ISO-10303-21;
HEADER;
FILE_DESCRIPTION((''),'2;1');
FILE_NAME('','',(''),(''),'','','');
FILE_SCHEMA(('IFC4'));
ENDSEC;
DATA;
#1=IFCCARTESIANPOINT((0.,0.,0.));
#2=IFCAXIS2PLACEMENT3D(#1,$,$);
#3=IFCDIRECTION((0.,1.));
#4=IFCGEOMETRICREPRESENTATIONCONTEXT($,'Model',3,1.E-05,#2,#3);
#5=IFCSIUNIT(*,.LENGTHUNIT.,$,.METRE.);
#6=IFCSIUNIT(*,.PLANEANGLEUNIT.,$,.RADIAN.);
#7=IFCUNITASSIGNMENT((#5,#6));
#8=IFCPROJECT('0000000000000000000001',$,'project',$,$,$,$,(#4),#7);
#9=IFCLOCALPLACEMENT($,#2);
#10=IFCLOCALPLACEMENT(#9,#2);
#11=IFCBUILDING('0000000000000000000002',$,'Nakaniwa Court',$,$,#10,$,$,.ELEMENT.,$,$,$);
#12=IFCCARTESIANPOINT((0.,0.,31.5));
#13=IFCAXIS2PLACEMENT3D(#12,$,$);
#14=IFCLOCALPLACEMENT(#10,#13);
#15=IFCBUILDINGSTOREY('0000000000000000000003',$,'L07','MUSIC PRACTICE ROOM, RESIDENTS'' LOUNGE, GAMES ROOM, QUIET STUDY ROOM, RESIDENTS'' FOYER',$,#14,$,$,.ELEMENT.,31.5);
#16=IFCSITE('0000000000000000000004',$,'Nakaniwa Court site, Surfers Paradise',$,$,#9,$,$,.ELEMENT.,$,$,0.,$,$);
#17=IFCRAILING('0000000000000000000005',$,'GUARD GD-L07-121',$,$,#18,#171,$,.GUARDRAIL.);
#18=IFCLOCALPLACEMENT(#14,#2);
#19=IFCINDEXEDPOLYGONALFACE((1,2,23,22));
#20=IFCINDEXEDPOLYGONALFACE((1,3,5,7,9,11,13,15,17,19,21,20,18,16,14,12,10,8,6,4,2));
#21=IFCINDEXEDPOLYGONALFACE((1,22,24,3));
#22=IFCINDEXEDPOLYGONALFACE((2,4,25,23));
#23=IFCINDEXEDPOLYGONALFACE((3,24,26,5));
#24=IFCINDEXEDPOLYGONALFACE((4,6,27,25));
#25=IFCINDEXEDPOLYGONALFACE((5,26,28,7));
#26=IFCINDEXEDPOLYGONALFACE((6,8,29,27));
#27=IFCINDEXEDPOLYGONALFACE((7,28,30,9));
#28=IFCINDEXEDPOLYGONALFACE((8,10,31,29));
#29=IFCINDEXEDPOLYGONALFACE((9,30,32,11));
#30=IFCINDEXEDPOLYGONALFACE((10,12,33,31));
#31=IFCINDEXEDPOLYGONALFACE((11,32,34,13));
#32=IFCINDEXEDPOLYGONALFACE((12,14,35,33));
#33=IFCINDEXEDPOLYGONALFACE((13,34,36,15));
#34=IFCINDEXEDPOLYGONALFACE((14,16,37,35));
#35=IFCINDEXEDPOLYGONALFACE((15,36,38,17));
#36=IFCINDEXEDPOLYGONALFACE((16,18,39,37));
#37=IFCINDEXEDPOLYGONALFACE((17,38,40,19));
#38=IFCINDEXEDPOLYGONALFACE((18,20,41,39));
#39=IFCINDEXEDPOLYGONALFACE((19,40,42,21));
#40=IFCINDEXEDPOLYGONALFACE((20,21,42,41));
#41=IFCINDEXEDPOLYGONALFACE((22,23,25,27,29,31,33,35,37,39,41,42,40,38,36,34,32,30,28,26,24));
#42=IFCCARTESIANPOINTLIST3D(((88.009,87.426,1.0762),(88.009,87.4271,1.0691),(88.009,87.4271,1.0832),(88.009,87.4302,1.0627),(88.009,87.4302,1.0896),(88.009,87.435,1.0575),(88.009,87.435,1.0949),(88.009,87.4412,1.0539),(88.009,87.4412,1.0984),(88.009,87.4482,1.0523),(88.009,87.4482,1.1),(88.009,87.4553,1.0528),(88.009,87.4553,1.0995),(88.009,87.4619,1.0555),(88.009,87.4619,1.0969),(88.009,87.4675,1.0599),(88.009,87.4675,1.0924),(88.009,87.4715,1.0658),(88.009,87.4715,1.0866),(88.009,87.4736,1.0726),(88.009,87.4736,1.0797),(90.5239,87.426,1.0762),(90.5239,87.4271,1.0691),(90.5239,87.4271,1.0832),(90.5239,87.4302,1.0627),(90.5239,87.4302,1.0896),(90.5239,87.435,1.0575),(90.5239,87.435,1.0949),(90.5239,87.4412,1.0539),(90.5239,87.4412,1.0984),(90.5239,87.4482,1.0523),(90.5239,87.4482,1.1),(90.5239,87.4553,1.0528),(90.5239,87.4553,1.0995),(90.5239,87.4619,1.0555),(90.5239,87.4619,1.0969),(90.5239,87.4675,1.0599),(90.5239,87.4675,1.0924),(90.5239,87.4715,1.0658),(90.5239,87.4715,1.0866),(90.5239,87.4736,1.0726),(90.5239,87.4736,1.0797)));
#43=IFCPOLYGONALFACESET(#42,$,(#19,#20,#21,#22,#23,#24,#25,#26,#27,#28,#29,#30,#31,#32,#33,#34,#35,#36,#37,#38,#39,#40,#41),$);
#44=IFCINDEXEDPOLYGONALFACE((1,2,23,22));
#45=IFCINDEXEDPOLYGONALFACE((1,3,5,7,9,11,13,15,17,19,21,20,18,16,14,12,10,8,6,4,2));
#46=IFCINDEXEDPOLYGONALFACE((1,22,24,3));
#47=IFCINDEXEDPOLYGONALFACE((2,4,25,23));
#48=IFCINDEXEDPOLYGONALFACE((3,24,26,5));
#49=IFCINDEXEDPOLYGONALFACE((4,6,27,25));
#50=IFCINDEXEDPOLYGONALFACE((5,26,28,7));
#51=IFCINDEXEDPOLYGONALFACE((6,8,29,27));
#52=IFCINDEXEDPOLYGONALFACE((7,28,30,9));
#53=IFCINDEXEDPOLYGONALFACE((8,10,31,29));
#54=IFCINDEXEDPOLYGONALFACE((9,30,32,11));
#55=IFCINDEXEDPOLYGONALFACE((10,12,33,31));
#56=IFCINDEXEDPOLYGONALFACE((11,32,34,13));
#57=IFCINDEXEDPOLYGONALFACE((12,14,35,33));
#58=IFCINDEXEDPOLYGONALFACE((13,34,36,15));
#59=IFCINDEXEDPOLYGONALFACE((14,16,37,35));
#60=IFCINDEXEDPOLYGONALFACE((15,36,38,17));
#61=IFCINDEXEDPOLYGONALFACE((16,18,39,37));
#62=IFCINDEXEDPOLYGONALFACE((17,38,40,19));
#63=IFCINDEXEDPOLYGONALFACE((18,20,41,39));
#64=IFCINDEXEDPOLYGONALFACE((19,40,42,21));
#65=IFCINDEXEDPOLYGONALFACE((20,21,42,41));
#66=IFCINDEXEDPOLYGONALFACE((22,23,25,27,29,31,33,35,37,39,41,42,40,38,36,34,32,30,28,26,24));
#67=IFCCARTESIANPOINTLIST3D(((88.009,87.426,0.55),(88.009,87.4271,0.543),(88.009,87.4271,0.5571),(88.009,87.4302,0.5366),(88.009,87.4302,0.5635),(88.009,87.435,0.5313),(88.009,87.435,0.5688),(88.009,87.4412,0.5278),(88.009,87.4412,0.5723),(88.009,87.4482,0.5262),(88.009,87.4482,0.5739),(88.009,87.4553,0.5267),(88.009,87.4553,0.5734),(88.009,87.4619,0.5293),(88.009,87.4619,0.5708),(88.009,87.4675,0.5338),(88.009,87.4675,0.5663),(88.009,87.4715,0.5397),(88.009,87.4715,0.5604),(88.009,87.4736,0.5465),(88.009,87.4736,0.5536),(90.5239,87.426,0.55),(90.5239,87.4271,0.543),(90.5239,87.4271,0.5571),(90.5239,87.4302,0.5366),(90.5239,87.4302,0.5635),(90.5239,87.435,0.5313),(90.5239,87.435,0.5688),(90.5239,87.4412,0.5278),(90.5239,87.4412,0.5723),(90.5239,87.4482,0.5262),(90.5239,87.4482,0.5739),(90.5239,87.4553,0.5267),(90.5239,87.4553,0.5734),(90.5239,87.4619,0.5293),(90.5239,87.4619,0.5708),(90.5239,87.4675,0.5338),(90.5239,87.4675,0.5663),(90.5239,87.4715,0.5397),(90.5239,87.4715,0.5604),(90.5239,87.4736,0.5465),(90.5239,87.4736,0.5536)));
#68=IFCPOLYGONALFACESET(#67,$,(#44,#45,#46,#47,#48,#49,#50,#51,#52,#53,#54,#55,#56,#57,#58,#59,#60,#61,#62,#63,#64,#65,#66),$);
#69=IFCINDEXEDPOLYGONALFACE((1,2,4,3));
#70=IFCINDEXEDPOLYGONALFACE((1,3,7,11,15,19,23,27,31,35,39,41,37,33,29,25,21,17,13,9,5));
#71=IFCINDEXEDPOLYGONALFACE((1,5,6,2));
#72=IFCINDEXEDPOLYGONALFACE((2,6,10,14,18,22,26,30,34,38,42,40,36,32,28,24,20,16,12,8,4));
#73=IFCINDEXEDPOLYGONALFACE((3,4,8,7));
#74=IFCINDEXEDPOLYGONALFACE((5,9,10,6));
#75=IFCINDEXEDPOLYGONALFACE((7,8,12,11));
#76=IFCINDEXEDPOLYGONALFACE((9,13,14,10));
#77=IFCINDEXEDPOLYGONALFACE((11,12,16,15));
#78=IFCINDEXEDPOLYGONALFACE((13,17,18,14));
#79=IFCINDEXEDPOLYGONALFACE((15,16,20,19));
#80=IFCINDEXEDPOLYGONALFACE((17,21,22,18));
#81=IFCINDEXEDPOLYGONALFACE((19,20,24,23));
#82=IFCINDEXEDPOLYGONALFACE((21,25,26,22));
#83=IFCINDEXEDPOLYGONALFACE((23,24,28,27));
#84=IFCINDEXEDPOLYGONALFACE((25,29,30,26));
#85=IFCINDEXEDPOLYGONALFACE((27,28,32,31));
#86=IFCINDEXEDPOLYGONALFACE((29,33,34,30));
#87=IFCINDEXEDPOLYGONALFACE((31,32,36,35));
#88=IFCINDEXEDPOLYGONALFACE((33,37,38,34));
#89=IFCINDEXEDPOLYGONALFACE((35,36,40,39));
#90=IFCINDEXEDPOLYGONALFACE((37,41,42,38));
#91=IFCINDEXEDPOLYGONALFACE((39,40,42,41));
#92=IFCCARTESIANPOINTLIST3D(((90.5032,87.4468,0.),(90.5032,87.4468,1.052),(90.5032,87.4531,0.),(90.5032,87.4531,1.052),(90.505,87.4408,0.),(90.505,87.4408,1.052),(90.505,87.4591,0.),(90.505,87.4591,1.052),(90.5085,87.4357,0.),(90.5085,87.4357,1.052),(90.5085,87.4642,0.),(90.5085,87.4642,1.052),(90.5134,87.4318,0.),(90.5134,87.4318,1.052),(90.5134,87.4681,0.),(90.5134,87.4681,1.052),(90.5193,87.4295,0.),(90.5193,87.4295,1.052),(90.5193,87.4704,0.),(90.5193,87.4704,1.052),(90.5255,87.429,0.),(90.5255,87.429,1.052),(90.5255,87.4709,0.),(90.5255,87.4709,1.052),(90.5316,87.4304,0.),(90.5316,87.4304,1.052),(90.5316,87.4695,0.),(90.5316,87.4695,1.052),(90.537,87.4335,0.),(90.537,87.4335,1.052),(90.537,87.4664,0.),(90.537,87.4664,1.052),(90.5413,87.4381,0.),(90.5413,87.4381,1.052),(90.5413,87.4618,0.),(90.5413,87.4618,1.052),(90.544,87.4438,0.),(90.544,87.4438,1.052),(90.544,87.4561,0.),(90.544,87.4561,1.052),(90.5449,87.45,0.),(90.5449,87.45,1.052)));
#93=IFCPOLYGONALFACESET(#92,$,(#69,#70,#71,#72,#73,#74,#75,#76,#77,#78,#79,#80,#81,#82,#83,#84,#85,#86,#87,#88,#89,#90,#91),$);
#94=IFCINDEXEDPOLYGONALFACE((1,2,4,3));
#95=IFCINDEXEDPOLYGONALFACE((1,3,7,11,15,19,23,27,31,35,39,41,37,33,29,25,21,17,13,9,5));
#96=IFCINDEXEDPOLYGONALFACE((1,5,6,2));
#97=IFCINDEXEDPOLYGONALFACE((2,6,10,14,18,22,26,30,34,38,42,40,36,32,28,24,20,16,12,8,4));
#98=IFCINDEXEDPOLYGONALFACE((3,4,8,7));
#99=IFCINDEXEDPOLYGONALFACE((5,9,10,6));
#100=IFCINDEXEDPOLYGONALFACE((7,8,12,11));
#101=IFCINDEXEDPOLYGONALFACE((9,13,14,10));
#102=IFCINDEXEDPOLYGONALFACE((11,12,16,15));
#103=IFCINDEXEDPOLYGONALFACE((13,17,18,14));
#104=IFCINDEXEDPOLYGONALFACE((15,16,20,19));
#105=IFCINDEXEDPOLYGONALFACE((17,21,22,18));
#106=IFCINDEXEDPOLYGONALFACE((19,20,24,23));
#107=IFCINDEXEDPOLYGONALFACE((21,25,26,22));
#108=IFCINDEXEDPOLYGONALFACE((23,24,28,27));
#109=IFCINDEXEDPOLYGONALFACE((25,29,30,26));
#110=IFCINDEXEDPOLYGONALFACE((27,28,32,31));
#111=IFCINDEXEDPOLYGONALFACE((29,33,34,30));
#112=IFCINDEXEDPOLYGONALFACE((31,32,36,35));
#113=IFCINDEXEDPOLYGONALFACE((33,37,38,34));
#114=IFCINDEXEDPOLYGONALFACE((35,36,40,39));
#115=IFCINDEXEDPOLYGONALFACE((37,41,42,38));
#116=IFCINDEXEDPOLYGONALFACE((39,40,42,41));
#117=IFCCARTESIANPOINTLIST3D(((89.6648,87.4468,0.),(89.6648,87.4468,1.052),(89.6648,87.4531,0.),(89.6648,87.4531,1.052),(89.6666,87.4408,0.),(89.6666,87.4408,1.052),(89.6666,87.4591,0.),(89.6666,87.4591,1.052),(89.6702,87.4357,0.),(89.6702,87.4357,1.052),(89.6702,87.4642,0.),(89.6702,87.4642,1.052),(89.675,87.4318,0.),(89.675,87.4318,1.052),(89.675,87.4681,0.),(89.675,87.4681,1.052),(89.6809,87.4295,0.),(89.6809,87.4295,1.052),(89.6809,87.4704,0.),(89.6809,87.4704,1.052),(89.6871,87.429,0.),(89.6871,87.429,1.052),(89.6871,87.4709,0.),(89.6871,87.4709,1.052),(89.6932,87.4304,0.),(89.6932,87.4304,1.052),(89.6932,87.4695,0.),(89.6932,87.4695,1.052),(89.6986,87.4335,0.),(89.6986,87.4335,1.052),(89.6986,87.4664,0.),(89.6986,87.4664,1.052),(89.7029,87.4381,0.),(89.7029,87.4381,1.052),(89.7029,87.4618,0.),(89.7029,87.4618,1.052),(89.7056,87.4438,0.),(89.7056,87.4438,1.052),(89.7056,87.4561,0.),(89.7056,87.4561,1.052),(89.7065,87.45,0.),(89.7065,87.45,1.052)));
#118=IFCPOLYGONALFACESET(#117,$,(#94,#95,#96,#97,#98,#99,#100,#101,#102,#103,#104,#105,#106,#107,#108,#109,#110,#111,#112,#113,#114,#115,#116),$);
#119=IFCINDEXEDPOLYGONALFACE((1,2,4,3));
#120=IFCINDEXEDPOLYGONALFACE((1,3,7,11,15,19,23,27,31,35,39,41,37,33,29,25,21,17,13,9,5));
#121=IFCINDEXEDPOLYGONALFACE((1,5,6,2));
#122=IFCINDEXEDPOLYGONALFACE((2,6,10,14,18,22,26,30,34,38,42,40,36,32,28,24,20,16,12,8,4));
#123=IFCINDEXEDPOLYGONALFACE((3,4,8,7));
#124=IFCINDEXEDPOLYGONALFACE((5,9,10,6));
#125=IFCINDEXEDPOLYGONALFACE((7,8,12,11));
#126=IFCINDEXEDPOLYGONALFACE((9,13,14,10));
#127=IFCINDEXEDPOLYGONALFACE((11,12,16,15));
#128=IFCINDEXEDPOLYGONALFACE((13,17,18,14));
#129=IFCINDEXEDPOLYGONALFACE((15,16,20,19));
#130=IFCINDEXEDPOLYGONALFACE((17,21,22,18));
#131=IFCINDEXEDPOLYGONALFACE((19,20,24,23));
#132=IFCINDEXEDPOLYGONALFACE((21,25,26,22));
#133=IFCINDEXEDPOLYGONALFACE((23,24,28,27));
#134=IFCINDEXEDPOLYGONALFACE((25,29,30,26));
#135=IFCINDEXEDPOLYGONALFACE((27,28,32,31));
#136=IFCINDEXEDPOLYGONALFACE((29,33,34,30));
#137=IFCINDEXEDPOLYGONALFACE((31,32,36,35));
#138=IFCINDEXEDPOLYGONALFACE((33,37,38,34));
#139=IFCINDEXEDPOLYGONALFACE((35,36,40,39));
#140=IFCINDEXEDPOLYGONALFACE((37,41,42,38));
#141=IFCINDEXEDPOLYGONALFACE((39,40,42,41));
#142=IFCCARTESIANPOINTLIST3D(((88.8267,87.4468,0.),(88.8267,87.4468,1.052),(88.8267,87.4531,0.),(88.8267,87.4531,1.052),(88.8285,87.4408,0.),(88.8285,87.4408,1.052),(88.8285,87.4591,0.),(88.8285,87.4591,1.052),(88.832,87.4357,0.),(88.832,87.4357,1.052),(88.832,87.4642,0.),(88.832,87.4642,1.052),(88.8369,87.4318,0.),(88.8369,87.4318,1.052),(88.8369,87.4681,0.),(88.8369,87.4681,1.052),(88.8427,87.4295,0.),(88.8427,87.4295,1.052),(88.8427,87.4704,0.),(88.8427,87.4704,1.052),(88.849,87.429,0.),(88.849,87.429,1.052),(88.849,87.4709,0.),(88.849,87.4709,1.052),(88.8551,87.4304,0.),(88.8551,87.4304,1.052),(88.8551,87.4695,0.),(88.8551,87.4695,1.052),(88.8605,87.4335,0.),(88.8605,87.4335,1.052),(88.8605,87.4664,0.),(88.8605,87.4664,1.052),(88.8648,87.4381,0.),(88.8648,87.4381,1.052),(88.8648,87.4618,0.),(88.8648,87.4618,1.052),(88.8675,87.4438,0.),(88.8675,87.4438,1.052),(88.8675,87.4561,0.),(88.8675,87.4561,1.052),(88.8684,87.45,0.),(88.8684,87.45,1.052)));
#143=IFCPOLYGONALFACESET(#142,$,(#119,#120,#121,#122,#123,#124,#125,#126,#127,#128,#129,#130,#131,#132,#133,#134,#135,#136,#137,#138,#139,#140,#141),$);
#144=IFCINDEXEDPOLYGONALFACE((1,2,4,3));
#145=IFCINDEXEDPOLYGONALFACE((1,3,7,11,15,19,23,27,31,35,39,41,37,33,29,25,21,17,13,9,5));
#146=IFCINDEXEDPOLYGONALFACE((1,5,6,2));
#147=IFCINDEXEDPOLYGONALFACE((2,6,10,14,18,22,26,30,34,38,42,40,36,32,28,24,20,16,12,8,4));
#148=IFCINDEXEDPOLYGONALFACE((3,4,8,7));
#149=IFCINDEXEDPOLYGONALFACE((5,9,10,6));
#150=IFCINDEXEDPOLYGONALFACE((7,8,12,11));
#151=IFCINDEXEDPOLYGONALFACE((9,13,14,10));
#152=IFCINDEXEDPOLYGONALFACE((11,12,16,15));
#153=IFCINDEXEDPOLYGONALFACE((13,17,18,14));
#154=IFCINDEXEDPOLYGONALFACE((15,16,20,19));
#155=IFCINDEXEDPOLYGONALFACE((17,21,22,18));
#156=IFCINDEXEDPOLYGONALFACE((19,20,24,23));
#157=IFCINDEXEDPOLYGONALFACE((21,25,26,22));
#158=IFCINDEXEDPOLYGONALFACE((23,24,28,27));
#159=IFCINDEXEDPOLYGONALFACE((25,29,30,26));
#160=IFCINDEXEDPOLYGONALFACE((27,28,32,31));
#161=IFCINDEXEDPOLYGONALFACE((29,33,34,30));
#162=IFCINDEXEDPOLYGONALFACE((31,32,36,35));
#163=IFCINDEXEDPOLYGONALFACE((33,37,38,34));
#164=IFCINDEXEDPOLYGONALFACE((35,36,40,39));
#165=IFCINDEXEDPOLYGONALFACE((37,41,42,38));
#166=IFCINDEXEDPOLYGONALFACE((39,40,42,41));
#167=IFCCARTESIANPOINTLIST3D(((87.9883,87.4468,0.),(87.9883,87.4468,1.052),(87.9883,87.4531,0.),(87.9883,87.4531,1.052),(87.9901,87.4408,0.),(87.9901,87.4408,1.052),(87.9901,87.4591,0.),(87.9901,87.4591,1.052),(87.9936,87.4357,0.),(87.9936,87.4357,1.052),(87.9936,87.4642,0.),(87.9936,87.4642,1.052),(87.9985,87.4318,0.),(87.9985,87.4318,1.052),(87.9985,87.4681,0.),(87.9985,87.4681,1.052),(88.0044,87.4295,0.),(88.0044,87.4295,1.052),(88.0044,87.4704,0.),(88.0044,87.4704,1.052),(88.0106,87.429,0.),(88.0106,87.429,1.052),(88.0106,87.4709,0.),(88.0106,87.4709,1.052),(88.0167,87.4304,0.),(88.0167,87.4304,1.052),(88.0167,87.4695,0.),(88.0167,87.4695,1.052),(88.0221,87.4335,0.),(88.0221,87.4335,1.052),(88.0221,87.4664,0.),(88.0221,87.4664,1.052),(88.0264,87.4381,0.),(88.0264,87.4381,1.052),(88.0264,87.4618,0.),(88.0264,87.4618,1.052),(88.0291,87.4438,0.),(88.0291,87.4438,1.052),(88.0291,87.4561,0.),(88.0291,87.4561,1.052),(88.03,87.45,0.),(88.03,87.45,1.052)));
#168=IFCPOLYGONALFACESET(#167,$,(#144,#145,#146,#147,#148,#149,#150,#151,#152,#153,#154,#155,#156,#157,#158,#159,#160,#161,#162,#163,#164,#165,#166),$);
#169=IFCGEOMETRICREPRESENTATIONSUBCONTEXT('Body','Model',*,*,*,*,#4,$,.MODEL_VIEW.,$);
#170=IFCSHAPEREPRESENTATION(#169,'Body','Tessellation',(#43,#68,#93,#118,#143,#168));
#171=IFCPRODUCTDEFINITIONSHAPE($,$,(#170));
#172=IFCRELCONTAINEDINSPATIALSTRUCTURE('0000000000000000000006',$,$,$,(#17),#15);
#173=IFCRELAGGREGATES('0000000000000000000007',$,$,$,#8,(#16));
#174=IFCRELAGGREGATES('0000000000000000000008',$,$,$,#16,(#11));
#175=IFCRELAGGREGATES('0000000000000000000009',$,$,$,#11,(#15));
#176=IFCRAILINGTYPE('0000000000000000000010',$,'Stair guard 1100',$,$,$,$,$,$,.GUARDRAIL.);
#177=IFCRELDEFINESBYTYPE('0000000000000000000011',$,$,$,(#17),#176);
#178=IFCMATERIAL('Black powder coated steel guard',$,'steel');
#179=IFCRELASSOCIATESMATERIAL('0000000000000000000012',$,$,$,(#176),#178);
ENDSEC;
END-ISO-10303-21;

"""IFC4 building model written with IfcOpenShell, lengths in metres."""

from ifc_helpers import new_model, si_unit, direction, frame, origin, origin_2d, place, context, subcontext, project, spatial, circle, extrude, material, type_object, element, save


model = new_model("IFC4")

# Units and contexts
model_context = context("Model", 3, precision=1e-05, world=origin(), true_north=direction((0.0, 1.0)))
body_context = subcontext(model_context, "Body", "Model", "MODEL_VIEW")
ifc_project = project(units=[si_unit("LENGTHUNIT", "METRE"), si_unit("PLANEANGLEUNIT", "RADIAN")], contexts=[model_context])

# Site, building, storey
site_placement = place(None, origin())
site = spatial("IfcSite", under=ifc_project, at=site_placement, Name="Nakaniwa Court site, Surfers Paradise", CompositionType="ELEMENT", RefElevation=0.0)
building_placement = place(site_placement, origin())
building = spatial("IfcBuilding", under=site, at=building_placement, Name="Nakaniwa Court", CompositionType="ELEMENT")
storey_placement = place(building_placement, frame((0.0, 0.0, 31.5)))
storey = spatial("IfcBuildingStorey", under=building, at=storey_placement, Name="L07", Description="MUSIC PRACTICE ROOM, RESIDENTS' LOUNGE, GAMES ROOM, QUIET STUDY ROOM, RESIDENTS' FOYER", CompositionType="ELEMENT", Elevation=31.5)

# Railing
ifc_material_1 = material(Name="Black powder coated steel guard", Category="steel")
railing_type = type_object("IfcRailingType", Name="Stair guard 1100", PredefinedType="GUARDRAIL", material=ifc_material_1)
railing_placement = place(storey_placement, frame((90.5239, 87.45, 0.0)))
element("IfcRailing", 1, at=railing_placement, inside=storey, type_object=railing_type, Name="GUARD GD-L07-121", PredefinedType="GUARDRAIL", context=body_context, shape_type="SweptSolid", body=[
    extrude(circle(Radius=0.0239, at=origin_2d()), frame((0.0, 0.0, 1.0762), z_axis=(-1.0, 0.0, 0.0), x_axis=(0.0, -1.0, 0.0)), (0.0, 0.0, 1.0), 2.5149),
    extrude(circle(Radius=0.0239, at=origin_2d()), frame((0.0, 0.0, 0.55), z_axis=(-1.0, 0.0, 0.0), x_axis=(0.0, -1.0, 0.0)), (0.0, 0.0, 1.0), 2.5149),
    extrude(circle(Radius=0.021, at=origin_2d()), origin(), (0.0, 0.0, 1.0), 1.052),
    extrude(circle(Radius=0.021, at=origin_2d()), frame((-0.8384, 0.0, 0.0)), (0.0, 0.0, 1.0), 1.052),
    extrude(circle(Radius=0.021, at=origin_2d()), frame((-1.6765, 0.0, 0.0)), (0.0, 0.0, 1.0), 1.052),
    extrude(circle(Radius=0.021, at=origin_2d()), frame((-2.5149, 0.0, 0.0)), (0.0, 0.0, 1.0), 1.052),
])

save(model, "model.ifc")
